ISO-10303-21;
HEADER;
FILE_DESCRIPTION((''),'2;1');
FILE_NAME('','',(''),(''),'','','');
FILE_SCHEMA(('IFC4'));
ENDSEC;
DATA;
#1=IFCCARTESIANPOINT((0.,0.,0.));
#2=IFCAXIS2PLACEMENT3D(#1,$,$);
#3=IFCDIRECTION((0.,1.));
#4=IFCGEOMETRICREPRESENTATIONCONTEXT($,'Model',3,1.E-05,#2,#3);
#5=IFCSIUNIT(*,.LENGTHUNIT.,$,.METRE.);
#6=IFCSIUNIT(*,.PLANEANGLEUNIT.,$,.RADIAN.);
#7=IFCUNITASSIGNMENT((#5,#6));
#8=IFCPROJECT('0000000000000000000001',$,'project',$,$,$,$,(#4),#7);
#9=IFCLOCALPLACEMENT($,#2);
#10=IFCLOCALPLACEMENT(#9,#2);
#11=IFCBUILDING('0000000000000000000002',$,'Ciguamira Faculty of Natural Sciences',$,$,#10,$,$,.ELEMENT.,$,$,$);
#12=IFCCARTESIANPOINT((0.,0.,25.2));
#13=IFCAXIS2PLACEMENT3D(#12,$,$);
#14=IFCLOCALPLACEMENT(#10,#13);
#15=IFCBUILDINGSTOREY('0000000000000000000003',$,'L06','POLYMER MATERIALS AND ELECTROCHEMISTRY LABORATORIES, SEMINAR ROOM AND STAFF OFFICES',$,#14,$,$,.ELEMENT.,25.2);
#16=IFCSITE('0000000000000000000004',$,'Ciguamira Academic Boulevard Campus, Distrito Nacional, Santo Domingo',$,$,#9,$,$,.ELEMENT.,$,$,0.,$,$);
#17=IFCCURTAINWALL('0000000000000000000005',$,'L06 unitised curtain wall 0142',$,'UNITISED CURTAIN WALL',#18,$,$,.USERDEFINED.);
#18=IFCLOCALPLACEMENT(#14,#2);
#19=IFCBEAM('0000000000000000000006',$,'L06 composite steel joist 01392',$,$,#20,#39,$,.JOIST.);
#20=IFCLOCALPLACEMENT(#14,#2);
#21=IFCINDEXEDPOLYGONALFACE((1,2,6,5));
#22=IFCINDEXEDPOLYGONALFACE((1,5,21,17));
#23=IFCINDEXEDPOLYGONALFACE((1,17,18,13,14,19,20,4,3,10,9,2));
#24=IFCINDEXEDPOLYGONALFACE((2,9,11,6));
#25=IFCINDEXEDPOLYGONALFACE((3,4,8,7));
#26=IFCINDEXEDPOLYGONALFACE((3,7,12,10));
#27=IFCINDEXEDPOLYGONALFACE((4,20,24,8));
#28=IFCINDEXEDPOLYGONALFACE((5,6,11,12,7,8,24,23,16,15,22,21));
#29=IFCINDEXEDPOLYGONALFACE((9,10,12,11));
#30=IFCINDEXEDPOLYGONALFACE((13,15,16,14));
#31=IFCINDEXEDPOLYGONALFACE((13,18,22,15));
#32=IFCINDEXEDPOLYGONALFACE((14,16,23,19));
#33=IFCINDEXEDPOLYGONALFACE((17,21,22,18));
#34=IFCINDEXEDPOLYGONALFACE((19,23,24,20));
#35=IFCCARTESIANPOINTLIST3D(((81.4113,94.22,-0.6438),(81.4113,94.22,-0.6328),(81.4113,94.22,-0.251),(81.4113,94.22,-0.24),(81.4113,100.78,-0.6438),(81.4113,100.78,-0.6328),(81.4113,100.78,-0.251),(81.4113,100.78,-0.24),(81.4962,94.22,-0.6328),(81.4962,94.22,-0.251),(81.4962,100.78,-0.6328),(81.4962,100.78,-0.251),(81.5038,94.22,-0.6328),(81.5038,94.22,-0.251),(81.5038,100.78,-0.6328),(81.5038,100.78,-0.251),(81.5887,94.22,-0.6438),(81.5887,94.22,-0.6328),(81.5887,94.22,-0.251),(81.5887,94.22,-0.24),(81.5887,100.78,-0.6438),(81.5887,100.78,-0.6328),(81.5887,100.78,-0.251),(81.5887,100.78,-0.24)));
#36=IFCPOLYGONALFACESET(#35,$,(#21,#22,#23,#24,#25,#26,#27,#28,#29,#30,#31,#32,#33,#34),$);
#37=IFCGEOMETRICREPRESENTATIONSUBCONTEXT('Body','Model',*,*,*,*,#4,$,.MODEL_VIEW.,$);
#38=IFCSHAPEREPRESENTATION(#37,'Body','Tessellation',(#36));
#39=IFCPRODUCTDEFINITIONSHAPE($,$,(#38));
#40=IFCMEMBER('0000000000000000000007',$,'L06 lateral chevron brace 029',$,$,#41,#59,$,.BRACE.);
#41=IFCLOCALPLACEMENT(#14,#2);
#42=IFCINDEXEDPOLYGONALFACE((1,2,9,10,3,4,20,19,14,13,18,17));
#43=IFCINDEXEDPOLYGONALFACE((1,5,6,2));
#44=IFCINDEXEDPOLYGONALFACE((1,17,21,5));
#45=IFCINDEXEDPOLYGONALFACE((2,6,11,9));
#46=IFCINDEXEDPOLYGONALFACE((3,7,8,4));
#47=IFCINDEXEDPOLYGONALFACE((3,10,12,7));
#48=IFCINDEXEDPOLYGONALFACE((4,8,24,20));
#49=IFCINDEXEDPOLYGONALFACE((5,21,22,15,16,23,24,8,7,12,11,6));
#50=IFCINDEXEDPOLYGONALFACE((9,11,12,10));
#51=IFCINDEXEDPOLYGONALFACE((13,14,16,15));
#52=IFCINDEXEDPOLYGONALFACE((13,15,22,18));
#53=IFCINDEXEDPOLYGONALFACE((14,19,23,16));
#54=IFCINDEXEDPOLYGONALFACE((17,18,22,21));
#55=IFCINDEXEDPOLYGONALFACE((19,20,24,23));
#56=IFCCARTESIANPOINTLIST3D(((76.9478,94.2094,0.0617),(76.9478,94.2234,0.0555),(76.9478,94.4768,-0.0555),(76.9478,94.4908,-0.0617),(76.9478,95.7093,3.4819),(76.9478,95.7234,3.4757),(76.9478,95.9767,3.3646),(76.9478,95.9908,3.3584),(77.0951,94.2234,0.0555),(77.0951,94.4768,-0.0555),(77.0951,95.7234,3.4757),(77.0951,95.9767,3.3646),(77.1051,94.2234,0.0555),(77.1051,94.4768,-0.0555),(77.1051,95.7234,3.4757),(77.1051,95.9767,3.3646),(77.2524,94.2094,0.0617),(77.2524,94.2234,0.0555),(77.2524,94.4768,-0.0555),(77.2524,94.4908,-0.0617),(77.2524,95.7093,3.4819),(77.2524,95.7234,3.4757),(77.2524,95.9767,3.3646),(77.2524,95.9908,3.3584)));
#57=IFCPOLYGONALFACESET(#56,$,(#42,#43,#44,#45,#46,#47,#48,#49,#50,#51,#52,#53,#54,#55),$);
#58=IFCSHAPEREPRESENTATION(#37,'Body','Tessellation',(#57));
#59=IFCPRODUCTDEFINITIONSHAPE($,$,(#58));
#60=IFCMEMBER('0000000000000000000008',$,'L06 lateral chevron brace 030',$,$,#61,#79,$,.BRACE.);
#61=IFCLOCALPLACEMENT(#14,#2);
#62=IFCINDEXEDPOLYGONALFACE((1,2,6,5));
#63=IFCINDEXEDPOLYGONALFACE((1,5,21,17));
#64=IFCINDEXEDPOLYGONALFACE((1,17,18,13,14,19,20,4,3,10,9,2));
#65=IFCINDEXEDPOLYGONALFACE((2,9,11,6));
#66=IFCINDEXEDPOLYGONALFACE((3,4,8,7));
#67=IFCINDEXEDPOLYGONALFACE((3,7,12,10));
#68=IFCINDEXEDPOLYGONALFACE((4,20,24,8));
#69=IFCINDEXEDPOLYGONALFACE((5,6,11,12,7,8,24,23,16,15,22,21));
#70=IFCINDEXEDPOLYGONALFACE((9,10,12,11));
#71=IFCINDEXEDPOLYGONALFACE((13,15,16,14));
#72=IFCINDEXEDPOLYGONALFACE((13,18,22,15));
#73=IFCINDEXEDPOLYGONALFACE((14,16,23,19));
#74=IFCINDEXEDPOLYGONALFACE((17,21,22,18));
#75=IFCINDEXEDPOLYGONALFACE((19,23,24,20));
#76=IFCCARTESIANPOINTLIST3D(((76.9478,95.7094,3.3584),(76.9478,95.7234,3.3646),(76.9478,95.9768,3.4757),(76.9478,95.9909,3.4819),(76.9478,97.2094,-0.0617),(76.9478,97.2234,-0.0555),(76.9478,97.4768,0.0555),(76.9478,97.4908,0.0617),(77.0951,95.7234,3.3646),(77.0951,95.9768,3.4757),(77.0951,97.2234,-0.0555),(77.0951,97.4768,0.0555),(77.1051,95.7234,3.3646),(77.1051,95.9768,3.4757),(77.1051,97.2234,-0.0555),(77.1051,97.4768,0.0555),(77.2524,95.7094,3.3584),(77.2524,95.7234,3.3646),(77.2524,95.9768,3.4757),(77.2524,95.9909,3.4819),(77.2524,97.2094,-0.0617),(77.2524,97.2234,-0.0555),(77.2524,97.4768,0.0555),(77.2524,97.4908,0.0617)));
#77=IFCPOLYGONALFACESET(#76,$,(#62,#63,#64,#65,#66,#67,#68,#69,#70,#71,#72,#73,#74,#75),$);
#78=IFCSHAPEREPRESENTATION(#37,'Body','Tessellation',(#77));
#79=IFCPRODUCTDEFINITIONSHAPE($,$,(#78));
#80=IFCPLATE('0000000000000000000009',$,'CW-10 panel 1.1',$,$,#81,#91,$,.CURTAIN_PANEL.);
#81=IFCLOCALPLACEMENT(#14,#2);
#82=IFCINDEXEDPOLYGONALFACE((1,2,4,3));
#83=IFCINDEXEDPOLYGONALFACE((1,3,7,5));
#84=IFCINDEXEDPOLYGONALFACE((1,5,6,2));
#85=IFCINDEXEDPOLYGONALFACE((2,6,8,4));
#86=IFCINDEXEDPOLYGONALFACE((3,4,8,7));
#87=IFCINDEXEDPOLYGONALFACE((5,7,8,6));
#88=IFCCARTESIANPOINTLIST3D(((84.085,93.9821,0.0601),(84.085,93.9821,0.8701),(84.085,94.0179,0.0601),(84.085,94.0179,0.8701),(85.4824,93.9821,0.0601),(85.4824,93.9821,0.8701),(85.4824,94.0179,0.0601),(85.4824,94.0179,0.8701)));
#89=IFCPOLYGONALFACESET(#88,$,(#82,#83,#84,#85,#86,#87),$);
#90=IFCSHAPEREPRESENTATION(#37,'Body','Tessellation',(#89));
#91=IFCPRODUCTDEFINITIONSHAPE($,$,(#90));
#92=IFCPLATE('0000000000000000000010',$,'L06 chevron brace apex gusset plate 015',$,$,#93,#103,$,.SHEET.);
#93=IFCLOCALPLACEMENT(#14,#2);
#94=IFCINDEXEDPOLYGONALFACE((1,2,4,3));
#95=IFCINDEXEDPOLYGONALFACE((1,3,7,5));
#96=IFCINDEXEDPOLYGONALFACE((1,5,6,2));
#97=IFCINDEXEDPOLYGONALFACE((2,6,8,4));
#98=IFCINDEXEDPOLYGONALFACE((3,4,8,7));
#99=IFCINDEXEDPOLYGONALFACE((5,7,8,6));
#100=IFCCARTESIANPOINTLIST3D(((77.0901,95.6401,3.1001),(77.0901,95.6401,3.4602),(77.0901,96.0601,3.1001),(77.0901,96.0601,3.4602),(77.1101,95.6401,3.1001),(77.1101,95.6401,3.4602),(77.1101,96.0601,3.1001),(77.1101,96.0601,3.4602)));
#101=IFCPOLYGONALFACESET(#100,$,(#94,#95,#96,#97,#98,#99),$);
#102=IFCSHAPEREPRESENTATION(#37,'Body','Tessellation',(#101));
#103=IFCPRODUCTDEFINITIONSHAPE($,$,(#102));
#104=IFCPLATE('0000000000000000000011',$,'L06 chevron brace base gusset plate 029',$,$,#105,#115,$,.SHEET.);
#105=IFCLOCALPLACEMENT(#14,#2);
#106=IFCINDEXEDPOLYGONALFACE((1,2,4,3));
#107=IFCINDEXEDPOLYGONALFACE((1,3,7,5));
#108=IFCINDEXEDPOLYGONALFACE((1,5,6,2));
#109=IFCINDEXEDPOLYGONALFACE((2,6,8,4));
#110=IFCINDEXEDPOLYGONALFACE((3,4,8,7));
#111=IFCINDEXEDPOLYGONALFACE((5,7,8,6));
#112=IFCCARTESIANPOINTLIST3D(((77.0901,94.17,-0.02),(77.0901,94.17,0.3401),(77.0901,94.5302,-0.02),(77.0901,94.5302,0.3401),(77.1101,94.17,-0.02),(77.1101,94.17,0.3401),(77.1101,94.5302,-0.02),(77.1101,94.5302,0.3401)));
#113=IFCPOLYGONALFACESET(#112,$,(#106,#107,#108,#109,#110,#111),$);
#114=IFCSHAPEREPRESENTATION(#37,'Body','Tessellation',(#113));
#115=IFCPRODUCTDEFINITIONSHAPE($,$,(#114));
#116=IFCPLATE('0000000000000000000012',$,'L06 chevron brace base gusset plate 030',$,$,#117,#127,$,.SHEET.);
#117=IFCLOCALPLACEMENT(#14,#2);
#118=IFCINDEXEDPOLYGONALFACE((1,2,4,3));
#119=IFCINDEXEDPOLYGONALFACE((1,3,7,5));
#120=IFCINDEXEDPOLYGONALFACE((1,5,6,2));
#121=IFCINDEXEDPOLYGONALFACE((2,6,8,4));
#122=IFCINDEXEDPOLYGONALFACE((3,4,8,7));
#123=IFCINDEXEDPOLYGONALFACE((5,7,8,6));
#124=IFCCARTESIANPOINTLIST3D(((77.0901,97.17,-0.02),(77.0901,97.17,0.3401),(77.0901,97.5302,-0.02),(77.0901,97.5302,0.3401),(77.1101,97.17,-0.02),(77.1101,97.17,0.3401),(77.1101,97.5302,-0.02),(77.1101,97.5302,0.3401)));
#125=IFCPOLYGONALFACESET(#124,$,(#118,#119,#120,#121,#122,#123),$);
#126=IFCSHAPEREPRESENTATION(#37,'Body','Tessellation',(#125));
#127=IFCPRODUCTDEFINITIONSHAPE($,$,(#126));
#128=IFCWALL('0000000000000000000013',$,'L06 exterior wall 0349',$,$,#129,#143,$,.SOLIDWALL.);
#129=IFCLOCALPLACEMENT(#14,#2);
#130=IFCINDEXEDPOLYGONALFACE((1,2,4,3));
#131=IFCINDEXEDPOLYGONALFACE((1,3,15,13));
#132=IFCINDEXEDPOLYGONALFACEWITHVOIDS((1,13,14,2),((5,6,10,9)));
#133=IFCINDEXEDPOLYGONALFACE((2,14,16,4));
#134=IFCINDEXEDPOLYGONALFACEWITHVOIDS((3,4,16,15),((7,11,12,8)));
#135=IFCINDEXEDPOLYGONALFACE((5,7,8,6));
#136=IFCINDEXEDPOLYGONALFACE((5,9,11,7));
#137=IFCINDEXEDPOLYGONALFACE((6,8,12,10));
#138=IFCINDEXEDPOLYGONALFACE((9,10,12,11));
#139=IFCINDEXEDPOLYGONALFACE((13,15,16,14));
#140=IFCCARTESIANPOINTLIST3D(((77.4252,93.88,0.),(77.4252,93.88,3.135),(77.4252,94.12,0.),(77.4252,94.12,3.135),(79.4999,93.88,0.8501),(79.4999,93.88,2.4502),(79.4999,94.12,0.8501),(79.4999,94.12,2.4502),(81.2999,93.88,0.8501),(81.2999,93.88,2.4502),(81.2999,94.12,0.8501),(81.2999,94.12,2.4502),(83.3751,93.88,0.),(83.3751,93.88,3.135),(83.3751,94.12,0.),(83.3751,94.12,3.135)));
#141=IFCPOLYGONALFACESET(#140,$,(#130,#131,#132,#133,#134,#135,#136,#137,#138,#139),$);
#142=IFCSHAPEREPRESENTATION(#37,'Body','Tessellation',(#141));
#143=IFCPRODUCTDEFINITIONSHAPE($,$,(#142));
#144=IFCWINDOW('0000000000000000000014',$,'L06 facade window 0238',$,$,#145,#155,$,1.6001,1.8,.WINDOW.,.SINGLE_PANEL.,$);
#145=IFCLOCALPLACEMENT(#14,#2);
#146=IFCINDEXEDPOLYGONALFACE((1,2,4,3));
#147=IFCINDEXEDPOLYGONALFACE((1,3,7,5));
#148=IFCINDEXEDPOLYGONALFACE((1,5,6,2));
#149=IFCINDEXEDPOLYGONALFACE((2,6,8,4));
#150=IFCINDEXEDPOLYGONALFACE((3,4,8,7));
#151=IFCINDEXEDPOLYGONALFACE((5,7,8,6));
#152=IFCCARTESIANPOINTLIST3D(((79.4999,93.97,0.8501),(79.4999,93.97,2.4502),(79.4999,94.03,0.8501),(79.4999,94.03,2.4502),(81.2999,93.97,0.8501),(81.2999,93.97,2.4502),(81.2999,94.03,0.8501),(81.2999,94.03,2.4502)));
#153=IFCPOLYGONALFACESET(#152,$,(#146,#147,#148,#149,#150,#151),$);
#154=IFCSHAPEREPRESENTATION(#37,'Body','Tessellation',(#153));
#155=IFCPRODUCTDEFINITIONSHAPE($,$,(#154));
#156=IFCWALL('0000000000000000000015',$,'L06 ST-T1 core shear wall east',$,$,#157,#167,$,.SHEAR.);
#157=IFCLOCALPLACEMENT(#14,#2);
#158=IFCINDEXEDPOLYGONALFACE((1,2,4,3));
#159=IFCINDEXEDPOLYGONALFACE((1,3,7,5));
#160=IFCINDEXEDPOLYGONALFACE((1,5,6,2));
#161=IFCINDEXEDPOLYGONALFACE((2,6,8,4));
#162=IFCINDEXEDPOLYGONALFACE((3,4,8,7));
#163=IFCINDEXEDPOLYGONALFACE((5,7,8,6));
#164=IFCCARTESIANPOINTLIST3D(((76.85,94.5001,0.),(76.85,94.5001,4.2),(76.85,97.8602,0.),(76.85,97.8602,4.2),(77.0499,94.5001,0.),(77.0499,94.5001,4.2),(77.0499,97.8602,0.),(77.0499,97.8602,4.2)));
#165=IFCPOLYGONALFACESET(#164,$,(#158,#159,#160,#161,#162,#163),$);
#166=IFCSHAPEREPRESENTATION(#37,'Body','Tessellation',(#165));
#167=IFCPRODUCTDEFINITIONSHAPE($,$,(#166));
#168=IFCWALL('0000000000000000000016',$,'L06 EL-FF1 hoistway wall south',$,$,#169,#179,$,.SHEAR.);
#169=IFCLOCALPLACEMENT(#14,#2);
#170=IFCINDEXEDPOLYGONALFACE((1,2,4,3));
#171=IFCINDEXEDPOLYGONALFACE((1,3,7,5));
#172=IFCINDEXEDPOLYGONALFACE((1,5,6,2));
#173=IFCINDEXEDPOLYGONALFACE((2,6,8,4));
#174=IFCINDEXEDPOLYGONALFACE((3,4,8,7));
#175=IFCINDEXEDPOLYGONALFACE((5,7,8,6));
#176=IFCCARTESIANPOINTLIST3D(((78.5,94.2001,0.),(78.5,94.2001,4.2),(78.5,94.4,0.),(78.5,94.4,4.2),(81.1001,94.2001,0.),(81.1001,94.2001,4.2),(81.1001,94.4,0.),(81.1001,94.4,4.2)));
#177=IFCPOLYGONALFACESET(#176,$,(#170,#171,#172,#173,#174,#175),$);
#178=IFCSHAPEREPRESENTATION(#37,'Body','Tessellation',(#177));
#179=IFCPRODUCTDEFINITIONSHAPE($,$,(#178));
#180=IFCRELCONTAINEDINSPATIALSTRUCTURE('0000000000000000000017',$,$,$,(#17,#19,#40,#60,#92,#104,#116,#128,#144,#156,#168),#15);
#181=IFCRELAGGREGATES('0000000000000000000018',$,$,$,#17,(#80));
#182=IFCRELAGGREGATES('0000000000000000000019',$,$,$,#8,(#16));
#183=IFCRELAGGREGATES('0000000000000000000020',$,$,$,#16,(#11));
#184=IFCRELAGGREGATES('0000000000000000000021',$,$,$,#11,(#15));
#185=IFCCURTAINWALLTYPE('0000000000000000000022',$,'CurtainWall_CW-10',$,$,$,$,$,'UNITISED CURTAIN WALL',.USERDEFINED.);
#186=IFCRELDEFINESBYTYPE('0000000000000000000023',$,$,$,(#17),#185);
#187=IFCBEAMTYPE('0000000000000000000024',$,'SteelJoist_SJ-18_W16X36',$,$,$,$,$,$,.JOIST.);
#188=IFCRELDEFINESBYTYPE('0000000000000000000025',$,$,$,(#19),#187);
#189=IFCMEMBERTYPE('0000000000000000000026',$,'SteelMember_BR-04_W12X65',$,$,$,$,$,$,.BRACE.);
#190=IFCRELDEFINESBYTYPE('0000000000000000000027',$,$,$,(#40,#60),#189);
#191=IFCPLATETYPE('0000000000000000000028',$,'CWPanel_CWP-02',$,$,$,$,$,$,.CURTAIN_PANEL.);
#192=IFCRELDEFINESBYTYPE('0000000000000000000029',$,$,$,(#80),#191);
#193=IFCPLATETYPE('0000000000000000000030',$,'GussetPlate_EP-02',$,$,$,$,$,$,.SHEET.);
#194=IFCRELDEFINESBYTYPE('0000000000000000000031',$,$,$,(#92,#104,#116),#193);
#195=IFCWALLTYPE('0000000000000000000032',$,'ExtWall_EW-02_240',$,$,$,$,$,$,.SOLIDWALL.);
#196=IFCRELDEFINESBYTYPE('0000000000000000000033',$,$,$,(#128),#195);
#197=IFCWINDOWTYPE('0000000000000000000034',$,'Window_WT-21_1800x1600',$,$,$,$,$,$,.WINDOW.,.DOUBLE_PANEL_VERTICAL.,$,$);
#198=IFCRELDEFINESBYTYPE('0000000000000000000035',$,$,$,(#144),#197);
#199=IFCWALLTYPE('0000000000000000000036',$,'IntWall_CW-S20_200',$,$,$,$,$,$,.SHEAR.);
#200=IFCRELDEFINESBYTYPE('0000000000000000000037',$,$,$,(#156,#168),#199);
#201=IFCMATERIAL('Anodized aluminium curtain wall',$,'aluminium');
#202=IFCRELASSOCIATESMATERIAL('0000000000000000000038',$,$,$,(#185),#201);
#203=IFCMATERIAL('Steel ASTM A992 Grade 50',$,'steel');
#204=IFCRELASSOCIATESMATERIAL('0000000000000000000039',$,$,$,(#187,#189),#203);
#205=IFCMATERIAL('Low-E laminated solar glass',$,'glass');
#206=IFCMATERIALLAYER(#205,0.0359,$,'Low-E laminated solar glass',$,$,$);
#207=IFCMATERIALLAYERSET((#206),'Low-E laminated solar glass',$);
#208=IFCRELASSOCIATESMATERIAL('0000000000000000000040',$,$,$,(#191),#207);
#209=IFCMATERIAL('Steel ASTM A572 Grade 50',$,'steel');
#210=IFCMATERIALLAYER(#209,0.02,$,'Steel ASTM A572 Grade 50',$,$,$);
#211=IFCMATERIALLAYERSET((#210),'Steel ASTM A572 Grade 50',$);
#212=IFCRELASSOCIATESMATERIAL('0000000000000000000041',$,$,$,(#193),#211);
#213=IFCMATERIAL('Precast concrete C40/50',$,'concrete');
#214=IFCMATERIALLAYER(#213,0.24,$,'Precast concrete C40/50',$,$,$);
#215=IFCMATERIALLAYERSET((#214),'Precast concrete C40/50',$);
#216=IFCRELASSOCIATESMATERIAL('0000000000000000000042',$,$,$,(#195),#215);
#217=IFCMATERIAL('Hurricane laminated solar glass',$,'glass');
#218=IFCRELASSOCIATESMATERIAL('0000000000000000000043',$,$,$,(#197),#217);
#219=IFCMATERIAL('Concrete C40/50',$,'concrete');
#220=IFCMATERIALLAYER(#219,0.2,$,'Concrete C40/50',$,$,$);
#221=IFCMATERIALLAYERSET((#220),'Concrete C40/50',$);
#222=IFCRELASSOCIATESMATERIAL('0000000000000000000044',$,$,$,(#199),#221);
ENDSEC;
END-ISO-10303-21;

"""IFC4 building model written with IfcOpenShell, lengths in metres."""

from ifc_helpers import new_model, si_unit, direction, frame, frame_2d, origin, origin_2d, place, context, subcontext, project, spatial, rectangle, i_section, extrude, material, layer, layer_set, material_profile, profile_set, type_object, element, fill, aggregate, save


model = new_model("IFC4")

# Units and contexts
model_context = context("Model", 3, precision=1e-05, world=origin(), true_north=direction((0.0, 1.0)))
body_context = subcontext(model_context, "Body", "Model", "MODEL_VIEW")
ifc_project = project(units=[si_unit("LENGTHUNIT", "METRE"), si_unit("PLANEANGLEUNIT", "RADIAN")], contexts=[model_context])

# Site, building, storey
site_placement = place(None, origin())
site = spatial("IfcSite", under=ifc_project, at=site_placement, Name="Ciguamira Academic Boulevard Campus, Distrito Nacional, Santo Domingo", CompositionType="ELEMENT", RefElevation=0.0)
building_placement = place(site_placement, origin())
building = spatial("IfcBuilding", under=site, at=building_placement, Name="Ciguamira Faculty of Natural Sciences", CompositionType="ELEMENT")
storey_placement = place(building_placement, frame((0.0, 0.0, 25.2)))
storey = spatial("IfcBuildingStorey", under=building, at=storey_placement, Name="L06", Description="POLYMER MATERIALS AND ELECTROCHEMISTRY LABORATORIES, SEMINAR ROOM AND STAFF OFFICES", CompositionType="ELEMENT", Elevation=25.2)

# Shared definitions
ifc_material_1 = material(Name="Concrete C40/50", Category="concrete")

# Curtain wall
ifc_material_2 = material(Name="Anodized aluminium curtain wall", Category="aluminium")
curtain_wall_type = type_object("IfcCurtainWallType", Name="CurtainWall_CW-10", ElementType="UNITISED CURTAIN WALL", PredefinedType="USERDEFINED", material=ifc_material_2)
curtain_wall_placement = place(storey_placement, origin())
curtain_wall = element("IfcCurtainWall", 1, at=curtain_wall_placement, inside=storey, type_object=curtain_wall_type, Name="L06 unitised curtain wall 0142", ObjectType="UNITISED CURTAIN WALL", PredefinedType="USERDEFINED")

# Beam
ifc_material_3 = material(Name="Steel ASTM A992 Grade 50", Category="steel")
ifc_material_profile_1 = material_profile(ifc_material_3, i_section(OverallWidth=0.1775, OverallDepth=0.4038, WebThickness=0.0076, FlangeThickness=0.011, at=origin_2d()), Name="W16X36")
ifc_profile_set_1 = profile_set([ifc_material_profile_1], Name="Steel ASTM A992 Grade 50")
beam_type_1 = type_object("IfcBeamType", Name="SteelJoist_SJ-18_W16X36", PredefinedType="JOIST", material=ifc_profile_set_1)
beam_1_placement = place(storey_placement, frame((81.5, 94.22, -0.4419), z_axis=(0.0, 1.0, 0.0), x_axis=(-1.0, 0.0, 0.0)))
element("IfcBeam", 2, at=beam_1_placement, inside=storey, type_object=beam_type_1, Name="L06 composite steel joist 01392", PredefinedType="JOIST", context=body_context, shape_type="SweptSolid", body=[
    extrude(i_section(OverallWidth=0.1775, OverallDepth=0.4038, WebThickness=0.0076, FlangeThickness=0.011, at=origin_2d()), origin(), (0.0, 0.0, 1.0), 6.5601),
])

# Members
ifc_material_profile_2 = material_profile(ifc_material_3, i_section(OverallWidth=0.3047, OverallDepth=0.3074, WebThickness=0.01, FlangeThickness=0.0154, at=origin_2d()), Name="W12X65")
ifc_profile_set_2 = profile_set([ifc_material_profile_2], Name="Steel ASTM A992 Grade 50")
member_type_1 = type_object("IfcMemberType", Name="SteelMember_BR-04_W12X65", PredefinedType="BRACE", material=ifc_profile_set_2)
for number, where, z_axis, x_axis, name in (
    (3, (77.1001, 94.3501, 0.0), (0.0, 0.401645, 0.915795), (-1.0, 0.0, 0.0), "L06 lateral chevron brace 029"),
    (4, (77.1001, 97.3501, 0.0), (0.0, -0.401645, 0.915795), (1.0, 0.0, 0.0), "L06 lateral chevron brace 030"),
):
    element("IfcMember", number, at=place(storey_placement, frame(where, z_axis=z_axis, x_axis=x_axis)), inside=storey, type_object=member_type_1, Name=name, PredefinedType="BRACE", context=body_context, shape_type="SweptSolid", body=[
        extrude(i_section(OverallWidth=0.3047, OverallDepth=0.3074, WebThickness=0.01, FlangeThickness=0.0154, at=origin_2d()), origin(), (0.0, 0.0, 1.0), 3.7346),
    ])

# Plate
ifc_material_4 = material(Name="Low-E laminated solar glass", Category="glass")
ifc_layer_1 = layer(ifc_material_4, 0.0359, Name="Low-E laminated solar glass")
ifc_layer_set_1 = layer_set([ifc_layer_1], Name="Low-E laminated solar glass")
plate_type_1 = type_object("IfcPlateType", Name="CWPanel_CWP-02", PredefinedType="CURTAIN_PANEL", material=ifc_layer_set_1)
plate_1_placement = place(storey_placement, frame((84.7837, 94.0, 0.0601), z_axis=(0.0, 0.0, 1.0), x_axis=(1.0, 0.0, 0.0)))
plate_1 = element("IfcPlate", 5, at=plate_1_placement, type_object=plate_type_1, Name="CW-10 panel 1.1", PredefinedType="CURTAIN_PANEL", context=body_context, shape_type="SweptSolid", body=[
    extrude(rectangle(XDim=1.3975, YDim=0.0359, at=origin_2d()), origin(), (0.0, 0.0, 1.0), 0.8101),
])
aggregate(curtain_wall, [plate_1])

# Plates
ifc_material_5 = material(Name="Steel ASTM A572 Grade 50", Category="steel")
ifc_layer_2 = layer(ifc_material_5, 0.02, Name="Steel ASTM A572 Grade 50")
ifc_layer_set_2 = layer_set([ifc_layer_2], Name="Steel ASTM A572 Grade 50")
plate_type_2 = type_object("IfcPlateType", Name="GussetPlate_EP-02", PredefinedType="SHEET", material=ifc_layer_set_2)
plate_2_placement = place(storey_placement, frame((77.1001, 95.8501, 3.1001), z_axis=(0.0, 0.0, 1.0), x_axis=(1.0, 0.0, 0.0)))
element("IfcPlate", 6, at=plate_2_placement, inside=storey, type_object=plate_type_2, Name="L06 chevron brace apex gusset plate 015", PredefinedType="SHEET", context=body_context, shape_type="SweptSolid", body=[
    extrude(rectangle(XDim=0.02, YDim=0.4199, at=origin_2d()), origin(), (0.0, 0.0, 1.0), 0.3601),
])
for number, where, z_axis, x_axis, name in (
    (7, (77.1001, 94.3501, -0.02), (0.0, 0.0, 1.0), (1.0, 0.0, 0.0), "L06 chevron brace base gusset plate 029"),
    (8, (77.1001, 97.3501, -0.02), (0.0, 0.0, 1.0), (1.0, 0.0, 0.0), "L06 chevron brace base gusset plate 030"),
):
    element("IfcPlate", number, at=place(storey_placement, frame(where, z_axis=z_axis, x_axis=x_axis)), inside=storey, type_object=plate_type_2, Name=name, PredefinedType="SHEET", context=body_context, shape_type="SweptSolid", body=[
        extrude(rectangle(XDim=0.02, YDim=0.3601, at=origin_2d()), origin(), (0.0, 0.0, 1.0), 0.3601),
    ])

# Wall, opening, window
ifc_material_6 = material(Name="Precast concrete C40/50", Category="concrete")
ifc_layer_3 = layer(ifc_material_6, 0.24, Name="Precast concrete C40/50")
ifc_layer_set_3 = layer_set([ifc_layer_3], Name="Precast concrete C40/50")
wall_type_1 = type_object("IfcWallType", Name="ExtWall_EW-02_240", PredefinedType="SOLIDWALL", material=ifc_layer_set_3)
wall_1_placement = place(storey_placement, frame((77.425, 94.0, 0.0), z_axis=(0.0, 0.0, 1.0), x_axis=(1.0, 0.0, 0.0)))
wall_1 = element("IfcWall", 9, at=wall_1_placement, inside=storey, type_object=wall_type_1, Name="L06 exterior wall 0349", PredefinedType="SOLIDWALL", context=body_context, shape_type="SweptSolid", body=[
    extrude(rectangle(XDim=5.95, YDim=0.24, at=frame_2d((2.9751, 0.0))), origin(), (0.0, 0.0, 1.0), 3.135),
])
opening_1_placement = place(wall_1_placement, frame((2.075, 0.0, 0.8501)))
opening_1 = element("IfcOpeningElement", 10, at=opening_1_placement, cuts=wall_1, PredefinedType="OPENING", context=body_context, shape_type="SweptSolid", body=[
    extrude(rectangle(XDim=1.8, YDim=1.6001, at=frame_2d((0.8999, 0.8))), frame((0.0, 0.1299, 0.0), z_axis=(0.0, -1.0, 0.0), x_axis=(1.0, 0.0, 0.0)), (0.0, 0.0, 1.0), 0.26),
])
ifc_material_7 = material(Name="Hurricane laminated solar glass", Category="glass")
window_type = type_object("IfcWindowType", Name="Window_WT-21_1800x1600", PartitioningType="DOUBLE_PANEL_VERTICAL", PredefinedType="WINDOW", material=ifc_material_7)
window_placement = place(opening_1_placement, origin())
window = element("IfcWindow", 11, at=window_placement, inside=storey, type_object=window_type, Name="L06 facade window 0238", OverallHeight=1.6001, OverallWidth=1.8, PartitioningType="SINGLE_PANEL", PredefinedType="WINDOW", context=body_context, shape_type="SweptSolid", body=[
    extrude(rectangle(XDim=1.8, YDim=1.6001, at=frame_2d((0.8999, 0.8))), frame((0.0, 0.03, 0.0), z_axis=(0.0, -1.0, 0.0), x_axis=(1.0, 0.0, 0.0)), (0.0, 0.0, 1.0), 0.0601),
])
fill(opening_1, window)

# Walls
ifc_layer_4 = layer(ifc_material_1, 0.2, Name="Concrete C40/50")
ifc_layer_set_4 = layer_set([ifc_layer_4], Name="Concrete C40/50")
wall_type_2 = type_object("IfcWallType", Name="IntWall_CW-S20_200", PredefinedType="SHEAR", material=ifc_layer_set_4)
wall_2_placement = place(storey_placement, frame((76.95, 94.5, 0.0), z_axis=(0.0, 0.0, 1.0), x_axis=(0.0, 1.0, 0.0)))
element("IfcWall", 12, at=wall_2_placement, inside=storey, type_object=wall_type_2, Name="L06 ST-T1 core shear wall east", PredefinedType="SHEAR", context=body_context, shape_type="SweptSolid", body=[
    extrude(rectangle(XDim=3.3601, YDim=0.2, at=frame_2d((1.6802, 0.0))), origin(), (0.0, 0.0, 1.0), 4.2),
])
wall_3_placement = place(storey_placement, frame((78.5, 94.3, 0.0), z_axis=(0.0, 0.0, 1.0), x_axis=(1.0, 0.0, 0.0)))
element("IfcWall", 13, at=wall_3_placement, inside=storey, type_object=wall_type_2, Name="L06 EL-FF1 hoistway wall south", PredefinedType="SHEAR", context=body_context, shape_type="SweptSolid", body=[
    extrude(rectangle(XDim=2.6001, YDim=0.2, at=frame_2d((1.3, 0.0))), origin(), (0.0, 0.0, 1.0), 4.2),
])

save(model, "model.ifc")
